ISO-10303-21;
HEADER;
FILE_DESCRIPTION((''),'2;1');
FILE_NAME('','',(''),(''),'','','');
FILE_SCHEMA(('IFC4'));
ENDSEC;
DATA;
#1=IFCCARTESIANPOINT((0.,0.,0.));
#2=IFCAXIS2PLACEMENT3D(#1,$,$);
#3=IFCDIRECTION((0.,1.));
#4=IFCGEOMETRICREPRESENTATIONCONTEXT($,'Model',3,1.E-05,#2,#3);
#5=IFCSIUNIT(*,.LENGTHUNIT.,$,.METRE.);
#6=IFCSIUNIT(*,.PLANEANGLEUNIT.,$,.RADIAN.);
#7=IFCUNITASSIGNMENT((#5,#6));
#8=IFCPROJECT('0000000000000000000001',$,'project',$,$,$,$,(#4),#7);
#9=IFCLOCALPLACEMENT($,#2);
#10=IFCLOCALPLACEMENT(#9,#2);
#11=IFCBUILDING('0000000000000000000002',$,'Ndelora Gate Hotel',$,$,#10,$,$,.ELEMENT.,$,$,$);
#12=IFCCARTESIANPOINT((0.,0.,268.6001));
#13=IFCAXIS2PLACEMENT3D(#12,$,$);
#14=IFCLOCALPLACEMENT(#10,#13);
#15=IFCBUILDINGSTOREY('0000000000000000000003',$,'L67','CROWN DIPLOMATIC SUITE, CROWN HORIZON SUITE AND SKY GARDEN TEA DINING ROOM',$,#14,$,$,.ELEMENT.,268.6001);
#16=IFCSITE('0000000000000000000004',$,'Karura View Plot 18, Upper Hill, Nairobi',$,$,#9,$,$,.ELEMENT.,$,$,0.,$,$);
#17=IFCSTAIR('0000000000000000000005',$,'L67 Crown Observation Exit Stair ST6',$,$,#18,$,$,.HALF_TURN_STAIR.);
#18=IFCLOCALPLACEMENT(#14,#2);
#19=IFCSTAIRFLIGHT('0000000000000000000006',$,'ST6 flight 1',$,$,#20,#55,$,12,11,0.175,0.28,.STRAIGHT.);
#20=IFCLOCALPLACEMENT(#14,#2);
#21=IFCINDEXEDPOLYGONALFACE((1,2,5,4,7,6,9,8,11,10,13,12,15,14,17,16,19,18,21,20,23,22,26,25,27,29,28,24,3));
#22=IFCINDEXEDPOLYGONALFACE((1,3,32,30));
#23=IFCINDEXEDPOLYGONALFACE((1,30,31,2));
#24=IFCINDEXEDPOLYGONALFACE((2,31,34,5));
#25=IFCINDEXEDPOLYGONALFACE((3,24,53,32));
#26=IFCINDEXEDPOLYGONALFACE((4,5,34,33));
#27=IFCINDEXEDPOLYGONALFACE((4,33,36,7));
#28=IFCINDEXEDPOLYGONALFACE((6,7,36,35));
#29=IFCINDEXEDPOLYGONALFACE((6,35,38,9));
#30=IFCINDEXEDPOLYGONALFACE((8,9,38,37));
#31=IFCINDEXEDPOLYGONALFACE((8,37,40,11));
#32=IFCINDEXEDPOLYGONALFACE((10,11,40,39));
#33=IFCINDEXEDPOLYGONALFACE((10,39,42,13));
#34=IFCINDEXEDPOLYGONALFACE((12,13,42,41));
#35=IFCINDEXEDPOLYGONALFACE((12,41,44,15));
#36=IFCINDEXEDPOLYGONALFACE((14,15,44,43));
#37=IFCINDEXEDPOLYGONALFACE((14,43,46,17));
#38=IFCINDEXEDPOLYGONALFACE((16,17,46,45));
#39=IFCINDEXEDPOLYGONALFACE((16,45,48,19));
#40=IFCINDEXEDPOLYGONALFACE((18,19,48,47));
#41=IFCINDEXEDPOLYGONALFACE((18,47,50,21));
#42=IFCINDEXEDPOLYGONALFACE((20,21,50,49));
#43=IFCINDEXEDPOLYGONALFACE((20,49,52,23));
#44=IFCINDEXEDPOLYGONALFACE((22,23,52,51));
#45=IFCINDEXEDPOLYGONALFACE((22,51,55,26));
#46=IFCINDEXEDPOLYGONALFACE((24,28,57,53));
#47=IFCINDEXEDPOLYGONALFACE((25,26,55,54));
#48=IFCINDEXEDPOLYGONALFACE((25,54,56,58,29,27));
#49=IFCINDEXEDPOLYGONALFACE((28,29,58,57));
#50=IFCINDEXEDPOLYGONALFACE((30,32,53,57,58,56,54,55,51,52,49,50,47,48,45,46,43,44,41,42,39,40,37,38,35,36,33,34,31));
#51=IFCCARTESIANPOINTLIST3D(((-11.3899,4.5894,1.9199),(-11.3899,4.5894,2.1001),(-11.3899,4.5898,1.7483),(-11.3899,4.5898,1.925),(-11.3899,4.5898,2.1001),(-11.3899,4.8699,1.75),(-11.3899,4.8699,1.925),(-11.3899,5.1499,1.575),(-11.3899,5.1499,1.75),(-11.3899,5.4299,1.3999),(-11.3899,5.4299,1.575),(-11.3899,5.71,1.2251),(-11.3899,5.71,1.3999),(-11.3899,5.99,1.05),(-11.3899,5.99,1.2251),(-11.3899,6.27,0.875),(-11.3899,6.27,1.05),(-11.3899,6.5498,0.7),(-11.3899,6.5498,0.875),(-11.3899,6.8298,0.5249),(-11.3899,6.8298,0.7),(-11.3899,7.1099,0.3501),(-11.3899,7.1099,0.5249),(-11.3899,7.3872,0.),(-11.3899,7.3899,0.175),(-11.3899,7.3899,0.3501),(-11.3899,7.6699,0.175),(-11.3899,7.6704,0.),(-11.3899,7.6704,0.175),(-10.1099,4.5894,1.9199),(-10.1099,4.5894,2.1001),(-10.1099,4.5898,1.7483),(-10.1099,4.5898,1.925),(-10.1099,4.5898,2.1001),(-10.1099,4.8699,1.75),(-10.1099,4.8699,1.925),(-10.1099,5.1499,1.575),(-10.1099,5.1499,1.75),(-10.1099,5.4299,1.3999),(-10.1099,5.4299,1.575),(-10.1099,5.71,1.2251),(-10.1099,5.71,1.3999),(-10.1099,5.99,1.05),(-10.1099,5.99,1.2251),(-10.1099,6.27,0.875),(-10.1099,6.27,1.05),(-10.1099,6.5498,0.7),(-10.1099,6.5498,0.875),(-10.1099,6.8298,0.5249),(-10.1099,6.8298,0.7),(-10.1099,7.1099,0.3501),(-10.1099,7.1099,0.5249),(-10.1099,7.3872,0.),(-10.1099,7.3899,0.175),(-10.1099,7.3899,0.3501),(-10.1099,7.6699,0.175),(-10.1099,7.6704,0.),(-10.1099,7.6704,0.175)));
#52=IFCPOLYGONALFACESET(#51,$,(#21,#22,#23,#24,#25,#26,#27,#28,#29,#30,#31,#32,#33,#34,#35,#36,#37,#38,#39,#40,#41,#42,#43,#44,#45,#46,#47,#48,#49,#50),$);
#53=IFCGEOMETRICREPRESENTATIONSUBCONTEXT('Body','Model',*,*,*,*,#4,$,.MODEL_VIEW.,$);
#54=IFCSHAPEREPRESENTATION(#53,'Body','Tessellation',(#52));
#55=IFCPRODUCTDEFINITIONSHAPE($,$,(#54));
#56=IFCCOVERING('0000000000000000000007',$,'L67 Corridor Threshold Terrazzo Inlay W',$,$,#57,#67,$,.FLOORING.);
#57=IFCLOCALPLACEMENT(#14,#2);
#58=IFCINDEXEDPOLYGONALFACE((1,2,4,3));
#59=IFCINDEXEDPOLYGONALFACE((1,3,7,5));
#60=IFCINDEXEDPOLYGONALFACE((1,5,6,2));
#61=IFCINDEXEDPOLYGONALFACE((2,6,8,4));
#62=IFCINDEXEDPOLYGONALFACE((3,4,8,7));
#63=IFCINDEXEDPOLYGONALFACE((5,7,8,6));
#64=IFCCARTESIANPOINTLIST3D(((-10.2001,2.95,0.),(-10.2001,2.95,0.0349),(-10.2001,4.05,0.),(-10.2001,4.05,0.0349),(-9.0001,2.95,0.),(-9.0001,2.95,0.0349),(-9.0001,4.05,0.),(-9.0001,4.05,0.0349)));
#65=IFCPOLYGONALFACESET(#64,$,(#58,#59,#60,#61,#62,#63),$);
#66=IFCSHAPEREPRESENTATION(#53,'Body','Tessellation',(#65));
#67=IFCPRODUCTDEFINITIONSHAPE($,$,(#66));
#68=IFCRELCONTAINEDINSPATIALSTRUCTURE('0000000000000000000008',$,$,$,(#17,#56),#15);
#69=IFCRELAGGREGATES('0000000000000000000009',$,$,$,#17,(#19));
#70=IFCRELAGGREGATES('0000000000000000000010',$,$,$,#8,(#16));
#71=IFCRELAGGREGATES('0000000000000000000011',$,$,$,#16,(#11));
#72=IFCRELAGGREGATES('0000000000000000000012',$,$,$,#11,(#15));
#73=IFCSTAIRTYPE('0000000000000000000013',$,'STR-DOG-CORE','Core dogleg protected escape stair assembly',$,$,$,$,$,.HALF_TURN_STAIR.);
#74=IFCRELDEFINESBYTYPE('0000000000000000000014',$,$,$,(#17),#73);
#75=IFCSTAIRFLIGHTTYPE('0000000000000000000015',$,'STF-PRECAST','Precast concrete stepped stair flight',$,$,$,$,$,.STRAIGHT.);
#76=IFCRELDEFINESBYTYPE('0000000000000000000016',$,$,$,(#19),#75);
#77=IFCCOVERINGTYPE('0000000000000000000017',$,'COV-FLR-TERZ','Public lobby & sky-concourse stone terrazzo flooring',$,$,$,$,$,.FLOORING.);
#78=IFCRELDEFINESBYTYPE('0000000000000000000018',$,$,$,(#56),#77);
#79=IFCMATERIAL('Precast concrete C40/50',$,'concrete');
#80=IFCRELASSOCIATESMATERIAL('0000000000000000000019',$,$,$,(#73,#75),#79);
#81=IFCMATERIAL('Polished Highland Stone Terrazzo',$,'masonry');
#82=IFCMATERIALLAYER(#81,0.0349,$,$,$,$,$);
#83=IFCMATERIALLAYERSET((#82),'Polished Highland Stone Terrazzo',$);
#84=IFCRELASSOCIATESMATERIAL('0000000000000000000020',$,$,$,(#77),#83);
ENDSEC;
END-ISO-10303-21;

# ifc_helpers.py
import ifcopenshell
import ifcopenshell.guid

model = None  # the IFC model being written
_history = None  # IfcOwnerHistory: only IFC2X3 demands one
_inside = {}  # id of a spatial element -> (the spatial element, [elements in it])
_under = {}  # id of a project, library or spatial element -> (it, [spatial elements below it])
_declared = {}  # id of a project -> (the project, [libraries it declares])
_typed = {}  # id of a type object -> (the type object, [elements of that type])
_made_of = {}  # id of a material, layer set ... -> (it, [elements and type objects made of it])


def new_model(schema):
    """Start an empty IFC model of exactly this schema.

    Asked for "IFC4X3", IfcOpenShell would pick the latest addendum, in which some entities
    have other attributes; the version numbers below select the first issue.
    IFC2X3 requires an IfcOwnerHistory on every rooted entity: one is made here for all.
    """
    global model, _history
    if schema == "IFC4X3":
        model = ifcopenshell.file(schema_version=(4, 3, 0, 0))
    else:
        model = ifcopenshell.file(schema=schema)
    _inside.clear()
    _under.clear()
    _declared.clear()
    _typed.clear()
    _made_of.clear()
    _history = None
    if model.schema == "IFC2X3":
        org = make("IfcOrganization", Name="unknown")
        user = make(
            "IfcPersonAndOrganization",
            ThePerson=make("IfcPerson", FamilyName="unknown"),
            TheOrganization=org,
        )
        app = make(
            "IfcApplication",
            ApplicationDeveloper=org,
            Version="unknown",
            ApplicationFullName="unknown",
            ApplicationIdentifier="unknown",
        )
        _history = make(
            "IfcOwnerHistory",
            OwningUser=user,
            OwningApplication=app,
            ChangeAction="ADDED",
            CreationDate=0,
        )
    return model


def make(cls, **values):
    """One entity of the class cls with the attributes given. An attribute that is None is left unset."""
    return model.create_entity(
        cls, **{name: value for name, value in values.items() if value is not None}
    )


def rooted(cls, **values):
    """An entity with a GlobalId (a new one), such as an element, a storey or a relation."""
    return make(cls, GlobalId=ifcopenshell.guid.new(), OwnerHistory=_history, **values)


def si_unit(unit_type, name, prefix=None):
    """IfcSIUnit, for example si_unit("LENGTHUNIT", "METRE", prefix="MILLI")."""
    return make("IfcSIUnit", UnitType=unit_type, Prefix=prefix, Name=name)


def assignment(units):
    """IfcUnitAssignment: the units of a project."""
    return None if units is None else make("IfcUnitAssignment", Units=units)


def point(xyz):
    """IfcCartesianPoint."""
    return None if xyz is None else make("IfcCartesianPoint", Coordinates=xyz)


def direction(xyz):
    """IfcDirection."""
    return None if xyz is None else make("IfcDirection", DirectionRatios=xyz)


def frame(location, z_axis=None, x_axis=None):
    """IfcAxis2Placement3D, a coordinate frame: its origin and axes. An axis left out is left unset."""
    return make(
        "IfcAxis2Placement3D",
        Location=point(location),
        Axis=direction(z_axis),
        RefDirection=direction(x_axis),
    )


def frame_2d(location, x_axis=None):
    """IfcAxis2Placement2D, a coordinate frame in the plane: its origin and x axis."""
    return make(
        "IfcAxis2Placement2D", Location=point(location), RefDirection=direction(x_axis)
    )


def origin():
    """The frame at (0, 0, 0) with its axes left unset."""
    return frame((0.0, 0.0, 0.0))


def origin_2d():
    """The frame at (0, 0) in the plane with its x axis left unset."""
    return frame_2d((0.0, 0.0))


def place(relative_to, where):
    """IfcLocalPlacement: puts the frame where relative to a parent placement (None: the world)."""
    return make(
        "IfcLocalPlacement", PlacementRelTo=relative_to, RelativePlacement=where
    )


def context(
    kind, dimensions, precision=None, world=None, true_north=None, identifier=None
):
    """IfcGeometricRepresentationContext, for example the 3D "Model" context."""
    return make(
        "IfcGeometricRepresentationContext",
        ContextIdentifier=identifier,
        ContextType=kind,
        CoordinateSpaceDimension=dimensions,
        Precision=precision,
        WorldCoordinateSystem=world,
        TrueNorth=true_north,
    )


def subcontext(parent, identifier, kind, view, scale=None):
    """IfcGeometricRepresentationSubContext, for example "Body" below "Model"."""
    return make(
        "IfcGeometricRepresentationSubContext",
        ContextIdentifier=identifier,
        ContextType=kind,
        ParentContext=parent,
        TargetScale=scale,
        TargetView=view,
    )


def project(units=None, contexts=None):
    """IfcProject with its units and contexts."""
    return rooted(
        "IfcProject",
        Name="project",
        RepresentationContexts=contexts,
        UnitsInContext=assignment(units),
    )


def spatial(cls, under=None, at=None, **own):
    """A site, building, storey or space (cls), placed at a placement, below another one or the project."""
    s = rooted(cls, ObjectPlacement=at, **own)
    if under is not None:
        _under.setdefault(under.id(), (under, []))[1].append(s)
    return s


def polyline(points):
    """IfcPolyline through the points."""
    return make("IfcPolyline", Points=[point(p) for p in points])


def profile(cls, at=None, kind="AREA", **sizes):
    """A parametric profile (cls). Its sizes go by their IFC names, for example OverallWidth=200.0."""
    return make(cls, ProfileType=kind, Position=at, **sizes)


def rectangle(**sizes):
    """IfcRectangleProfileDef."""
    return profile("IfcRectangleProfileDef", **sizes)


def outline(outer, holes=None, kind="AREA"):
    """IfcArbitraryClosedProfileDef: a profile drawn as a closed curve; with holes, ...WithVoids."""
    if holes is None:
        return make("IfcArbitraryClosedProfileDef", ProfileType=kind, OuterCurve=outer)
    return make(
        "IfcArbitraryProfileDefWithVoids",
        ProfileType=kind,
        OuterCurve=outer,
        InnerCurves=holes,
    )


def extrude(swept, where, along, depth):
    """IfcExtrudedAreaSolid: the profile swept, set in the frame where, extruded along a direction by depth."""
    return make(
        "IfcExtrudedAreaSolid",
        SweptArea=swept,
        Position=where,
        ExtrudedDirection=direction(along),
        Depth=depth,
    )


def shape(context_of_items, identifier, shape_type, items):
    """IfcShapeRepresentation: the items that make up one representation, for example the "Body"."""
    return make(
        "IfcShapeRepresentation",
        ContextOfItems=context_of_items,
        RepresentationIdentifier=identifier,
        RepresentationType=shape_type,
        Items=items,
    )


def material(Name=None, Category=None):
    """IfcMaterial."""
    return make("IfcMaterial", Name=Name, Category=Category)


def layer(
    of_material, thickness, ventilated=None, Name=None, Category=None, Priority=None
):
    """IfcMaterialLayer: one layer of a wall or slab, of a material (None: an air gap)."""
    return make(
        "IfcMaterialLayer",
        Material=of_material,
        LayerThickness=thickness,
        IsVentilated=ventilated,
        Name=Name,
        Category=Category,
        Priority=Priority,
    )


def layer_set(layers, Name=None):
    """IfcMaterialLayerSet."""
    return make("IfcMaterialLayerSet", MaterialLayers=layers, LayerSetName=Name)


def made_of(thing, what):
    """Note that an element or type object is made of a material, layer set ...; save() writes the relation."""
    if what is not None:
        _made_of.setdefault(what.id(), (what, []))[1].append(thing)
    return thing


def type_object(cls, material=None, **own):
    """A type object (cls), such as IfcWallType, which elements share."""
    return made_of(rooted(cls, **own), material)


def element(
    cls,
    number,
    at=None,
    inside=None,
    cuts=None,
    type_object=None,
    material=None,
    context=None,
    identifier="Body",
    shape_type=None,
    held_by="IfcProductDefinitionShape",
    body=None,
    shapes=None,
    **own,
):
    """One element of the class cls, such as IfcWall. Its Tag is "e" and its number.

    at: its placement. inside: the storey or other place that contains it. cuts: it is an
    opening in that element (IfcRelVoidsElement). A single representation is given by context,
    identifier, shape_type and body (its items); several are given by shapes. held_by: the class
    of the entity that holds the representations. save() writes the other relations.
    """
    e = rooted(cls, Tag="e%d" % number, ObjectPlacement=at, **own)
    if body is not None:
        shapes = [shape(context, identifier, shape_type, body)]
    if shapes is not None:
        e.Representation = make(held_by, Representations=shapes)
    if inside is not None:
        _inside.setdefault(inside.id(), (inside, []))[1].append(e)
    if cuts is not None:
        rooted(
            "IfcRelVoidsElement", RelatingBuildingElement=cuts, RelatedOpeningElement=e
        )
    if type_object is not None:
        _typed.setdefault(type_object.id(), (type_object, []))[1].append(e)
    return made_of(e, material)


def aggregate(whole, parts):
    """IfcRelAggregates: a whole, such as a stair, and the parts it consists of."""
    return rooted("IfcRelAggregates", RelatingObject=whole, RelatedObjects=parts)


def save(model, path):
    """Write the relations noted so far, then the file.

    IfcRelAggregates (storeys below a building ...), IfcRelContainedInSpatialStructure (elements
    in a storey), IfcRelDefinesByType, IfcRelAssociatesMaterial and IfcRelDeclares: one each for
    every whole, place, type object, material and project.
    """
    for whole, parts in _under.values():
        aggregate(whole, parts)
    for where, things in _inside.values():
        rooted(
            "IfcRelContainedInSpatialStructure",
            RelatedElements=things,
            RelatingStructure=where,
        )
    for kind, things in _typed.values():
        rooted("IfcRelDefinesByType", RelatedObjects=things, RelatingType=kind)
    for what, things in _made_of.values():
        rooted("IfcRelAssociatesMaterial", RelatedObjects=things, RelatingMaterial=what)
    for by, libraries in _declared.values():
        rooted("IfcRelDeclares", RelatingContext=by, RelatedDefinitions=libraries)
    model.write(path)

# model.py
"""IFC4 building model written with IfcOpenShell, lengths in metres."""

from ifc_helpers import new_model, si_unit, direction, frame, origin, origin_2d, place, context, subcontext, project, spatial, polyline, rectangle, outline, extrude, material, layer, layer_set, type_object, element, aggregate, save


model = new_model("IFC4")

# Units and contexts
model_context = context("Model", 3, precision=1e-05, world=origin(), true_north=direction((0.0, 1.0)))
body_context = subcontext(model_context, "Body", "Model", "MODEL_VIEW")
ifc_project = project(units=[si_unit("LENGTHUNIT", "METRE"), si_unit("PLANEANGLEUNIT", "RADIAN")], contexts=[model_context])

# Site, building, storey
site_placement = place(None, origin())
site = spatial("IfcSite", under=ifc_project, at=site_placement, Name="Karura View Plot 18, Upper Hill, Nairobi", CompositionType="ELEMENT", RefElevation=0.0)
building_placement = place(site_placement, origin())
building = spatial("IfcBuilding", under=site, at=building_placement, Name="Ndelora Gate Hotel", CompositionType="ELEMENT")
storey_placement = place(building_placement, frame((0.0, 0.0, 268.6001)))
storey = spatial("IfcBuildingStorey", under=building, at=storey_placement, Name="L67", Description="CROWN DIPLOMATIC SUITE, CROWN HORIZON SUITE AND SKY GARDEN TEA DINING ROOM", CompositionType="ELEMENT", Elevation=268.6001)

# Stair, stair flight
ifc_material_1 = material(Name="Precast concrete C40/50", Category="concrete")
stair_type = type_object("IfcStairType", Name="STR-DOG-CORE", Description="Core dogleg protected escape stair assembly", PredefinedType="HALF_TURN_STAIR", material=ifc_material_1)
stair_placement = place(storey_placement, origin())
stair = element("IfcStair", 1, at=stair_placement, inside=storey, type_object=stair_type, Name="L67 Crown Observation Exit Stair ST6", PredefinedType="HALF_TURN_STAIR")
stair_flight_type = type_object("IfcStairFlightType", Name="STF-PRECAST", Description="Precast concrete stepped stair flight", PredefinedType="STRAIGHT", material=ifc_material_1)
stair_flight_placement = place(storey_placement, frame((-10.75, 7.6699, 0.0), z_axis=(0.0, 0.0, 1.0), x_axis=(0.0, -1.0, 0.0)))
stair_flight = element("IfcStairFlight", 2, at=stair_flight_placement, type_object=stair_flight_type, Name="ST6 flight 1", NumberOfRisers=12, NumberOfTreads=11, PredefinedType="STRAIGHT", RiserHeight=0.175, TreadLength=0.28, context=body_context, shape_type="SweptSolid", body=[
    extrude(outline(polyline([(-0.0005, 0.0), (-0.0005, 0.175), (0.0, 0.175), (0.28, 0.175), (0.28, 0.3501), (0.5601, 0.3501), (0.5601, 0.5249), (0.8401, 0.5249), (0.8401, 0.7), (1.1201, 0.7), (1.1201, 0.875), (1.3999, 0.875), (1.3999, 1.05), (1.6799, 1.05), (1.6799, 1.2251), (1.96, 1.2251), (1.96, 1.3999), (2.24, 1.3999), (2.24, 1.575), (2.52, 1.575), (2.52, 1.75), (2.8, 1.75), (2.8, 1.925), (3.0801, 1.925), (3.0801, 2.1001), (3.0806, 2.1001), (3.0806, 1.9199), (3.0801, 1.7483), (0.2827, 0.0), (-0.0005, 0.0)])), frame((0.0, 0.6401, 0.0), z_axis=(0.0, -1.0, 0.0), x_axis=(1.0, 0.0, 0.0)), (0.0, 0.0, 1.0), 1.28),
])
aggregate(stair, [stair_flight])

# Covering
ifc_material_2 = material(Name="Polished Highland Stone Terrazzo", Category="masonry")
ifc_layer_1 = layer(ifc_material_2, 0.0349)
ifc_layer_set_1 = layer_set([ifc_layer_1], Name="Polished Highland Stone Terrazzo")
covering_type = type_object("IfcCoveringType", Name="COV-FLR-TERZ", Description="Public lobby & sky-concourse stone terrazzo flooring", PredefinedType="FLOORING", material=ifc_layer_set_1)
covering_placement = place(storey_placement, frame((-9.6001, 3.5, 0.0), z_axis=(0.0, 0.0, 1.0), x_axis=(1.0, 0.0, 0.0)))
element("IfcCovering", 3, at=covering_placement, inside=storey, type_object=covering_type, Name="L67 Corridor Threshold Terrazzo Inlay W", PredefinedType="FLOORING", context=body_context, shape_type="SweptSolid", body=[
    extrude(rectangle(XDim=1.2, YDim=1.1001, at=origin_2d()), origin(), (0.0, 0.0, 1.0), 0.0349),
])

save(model, "model.ifc")
